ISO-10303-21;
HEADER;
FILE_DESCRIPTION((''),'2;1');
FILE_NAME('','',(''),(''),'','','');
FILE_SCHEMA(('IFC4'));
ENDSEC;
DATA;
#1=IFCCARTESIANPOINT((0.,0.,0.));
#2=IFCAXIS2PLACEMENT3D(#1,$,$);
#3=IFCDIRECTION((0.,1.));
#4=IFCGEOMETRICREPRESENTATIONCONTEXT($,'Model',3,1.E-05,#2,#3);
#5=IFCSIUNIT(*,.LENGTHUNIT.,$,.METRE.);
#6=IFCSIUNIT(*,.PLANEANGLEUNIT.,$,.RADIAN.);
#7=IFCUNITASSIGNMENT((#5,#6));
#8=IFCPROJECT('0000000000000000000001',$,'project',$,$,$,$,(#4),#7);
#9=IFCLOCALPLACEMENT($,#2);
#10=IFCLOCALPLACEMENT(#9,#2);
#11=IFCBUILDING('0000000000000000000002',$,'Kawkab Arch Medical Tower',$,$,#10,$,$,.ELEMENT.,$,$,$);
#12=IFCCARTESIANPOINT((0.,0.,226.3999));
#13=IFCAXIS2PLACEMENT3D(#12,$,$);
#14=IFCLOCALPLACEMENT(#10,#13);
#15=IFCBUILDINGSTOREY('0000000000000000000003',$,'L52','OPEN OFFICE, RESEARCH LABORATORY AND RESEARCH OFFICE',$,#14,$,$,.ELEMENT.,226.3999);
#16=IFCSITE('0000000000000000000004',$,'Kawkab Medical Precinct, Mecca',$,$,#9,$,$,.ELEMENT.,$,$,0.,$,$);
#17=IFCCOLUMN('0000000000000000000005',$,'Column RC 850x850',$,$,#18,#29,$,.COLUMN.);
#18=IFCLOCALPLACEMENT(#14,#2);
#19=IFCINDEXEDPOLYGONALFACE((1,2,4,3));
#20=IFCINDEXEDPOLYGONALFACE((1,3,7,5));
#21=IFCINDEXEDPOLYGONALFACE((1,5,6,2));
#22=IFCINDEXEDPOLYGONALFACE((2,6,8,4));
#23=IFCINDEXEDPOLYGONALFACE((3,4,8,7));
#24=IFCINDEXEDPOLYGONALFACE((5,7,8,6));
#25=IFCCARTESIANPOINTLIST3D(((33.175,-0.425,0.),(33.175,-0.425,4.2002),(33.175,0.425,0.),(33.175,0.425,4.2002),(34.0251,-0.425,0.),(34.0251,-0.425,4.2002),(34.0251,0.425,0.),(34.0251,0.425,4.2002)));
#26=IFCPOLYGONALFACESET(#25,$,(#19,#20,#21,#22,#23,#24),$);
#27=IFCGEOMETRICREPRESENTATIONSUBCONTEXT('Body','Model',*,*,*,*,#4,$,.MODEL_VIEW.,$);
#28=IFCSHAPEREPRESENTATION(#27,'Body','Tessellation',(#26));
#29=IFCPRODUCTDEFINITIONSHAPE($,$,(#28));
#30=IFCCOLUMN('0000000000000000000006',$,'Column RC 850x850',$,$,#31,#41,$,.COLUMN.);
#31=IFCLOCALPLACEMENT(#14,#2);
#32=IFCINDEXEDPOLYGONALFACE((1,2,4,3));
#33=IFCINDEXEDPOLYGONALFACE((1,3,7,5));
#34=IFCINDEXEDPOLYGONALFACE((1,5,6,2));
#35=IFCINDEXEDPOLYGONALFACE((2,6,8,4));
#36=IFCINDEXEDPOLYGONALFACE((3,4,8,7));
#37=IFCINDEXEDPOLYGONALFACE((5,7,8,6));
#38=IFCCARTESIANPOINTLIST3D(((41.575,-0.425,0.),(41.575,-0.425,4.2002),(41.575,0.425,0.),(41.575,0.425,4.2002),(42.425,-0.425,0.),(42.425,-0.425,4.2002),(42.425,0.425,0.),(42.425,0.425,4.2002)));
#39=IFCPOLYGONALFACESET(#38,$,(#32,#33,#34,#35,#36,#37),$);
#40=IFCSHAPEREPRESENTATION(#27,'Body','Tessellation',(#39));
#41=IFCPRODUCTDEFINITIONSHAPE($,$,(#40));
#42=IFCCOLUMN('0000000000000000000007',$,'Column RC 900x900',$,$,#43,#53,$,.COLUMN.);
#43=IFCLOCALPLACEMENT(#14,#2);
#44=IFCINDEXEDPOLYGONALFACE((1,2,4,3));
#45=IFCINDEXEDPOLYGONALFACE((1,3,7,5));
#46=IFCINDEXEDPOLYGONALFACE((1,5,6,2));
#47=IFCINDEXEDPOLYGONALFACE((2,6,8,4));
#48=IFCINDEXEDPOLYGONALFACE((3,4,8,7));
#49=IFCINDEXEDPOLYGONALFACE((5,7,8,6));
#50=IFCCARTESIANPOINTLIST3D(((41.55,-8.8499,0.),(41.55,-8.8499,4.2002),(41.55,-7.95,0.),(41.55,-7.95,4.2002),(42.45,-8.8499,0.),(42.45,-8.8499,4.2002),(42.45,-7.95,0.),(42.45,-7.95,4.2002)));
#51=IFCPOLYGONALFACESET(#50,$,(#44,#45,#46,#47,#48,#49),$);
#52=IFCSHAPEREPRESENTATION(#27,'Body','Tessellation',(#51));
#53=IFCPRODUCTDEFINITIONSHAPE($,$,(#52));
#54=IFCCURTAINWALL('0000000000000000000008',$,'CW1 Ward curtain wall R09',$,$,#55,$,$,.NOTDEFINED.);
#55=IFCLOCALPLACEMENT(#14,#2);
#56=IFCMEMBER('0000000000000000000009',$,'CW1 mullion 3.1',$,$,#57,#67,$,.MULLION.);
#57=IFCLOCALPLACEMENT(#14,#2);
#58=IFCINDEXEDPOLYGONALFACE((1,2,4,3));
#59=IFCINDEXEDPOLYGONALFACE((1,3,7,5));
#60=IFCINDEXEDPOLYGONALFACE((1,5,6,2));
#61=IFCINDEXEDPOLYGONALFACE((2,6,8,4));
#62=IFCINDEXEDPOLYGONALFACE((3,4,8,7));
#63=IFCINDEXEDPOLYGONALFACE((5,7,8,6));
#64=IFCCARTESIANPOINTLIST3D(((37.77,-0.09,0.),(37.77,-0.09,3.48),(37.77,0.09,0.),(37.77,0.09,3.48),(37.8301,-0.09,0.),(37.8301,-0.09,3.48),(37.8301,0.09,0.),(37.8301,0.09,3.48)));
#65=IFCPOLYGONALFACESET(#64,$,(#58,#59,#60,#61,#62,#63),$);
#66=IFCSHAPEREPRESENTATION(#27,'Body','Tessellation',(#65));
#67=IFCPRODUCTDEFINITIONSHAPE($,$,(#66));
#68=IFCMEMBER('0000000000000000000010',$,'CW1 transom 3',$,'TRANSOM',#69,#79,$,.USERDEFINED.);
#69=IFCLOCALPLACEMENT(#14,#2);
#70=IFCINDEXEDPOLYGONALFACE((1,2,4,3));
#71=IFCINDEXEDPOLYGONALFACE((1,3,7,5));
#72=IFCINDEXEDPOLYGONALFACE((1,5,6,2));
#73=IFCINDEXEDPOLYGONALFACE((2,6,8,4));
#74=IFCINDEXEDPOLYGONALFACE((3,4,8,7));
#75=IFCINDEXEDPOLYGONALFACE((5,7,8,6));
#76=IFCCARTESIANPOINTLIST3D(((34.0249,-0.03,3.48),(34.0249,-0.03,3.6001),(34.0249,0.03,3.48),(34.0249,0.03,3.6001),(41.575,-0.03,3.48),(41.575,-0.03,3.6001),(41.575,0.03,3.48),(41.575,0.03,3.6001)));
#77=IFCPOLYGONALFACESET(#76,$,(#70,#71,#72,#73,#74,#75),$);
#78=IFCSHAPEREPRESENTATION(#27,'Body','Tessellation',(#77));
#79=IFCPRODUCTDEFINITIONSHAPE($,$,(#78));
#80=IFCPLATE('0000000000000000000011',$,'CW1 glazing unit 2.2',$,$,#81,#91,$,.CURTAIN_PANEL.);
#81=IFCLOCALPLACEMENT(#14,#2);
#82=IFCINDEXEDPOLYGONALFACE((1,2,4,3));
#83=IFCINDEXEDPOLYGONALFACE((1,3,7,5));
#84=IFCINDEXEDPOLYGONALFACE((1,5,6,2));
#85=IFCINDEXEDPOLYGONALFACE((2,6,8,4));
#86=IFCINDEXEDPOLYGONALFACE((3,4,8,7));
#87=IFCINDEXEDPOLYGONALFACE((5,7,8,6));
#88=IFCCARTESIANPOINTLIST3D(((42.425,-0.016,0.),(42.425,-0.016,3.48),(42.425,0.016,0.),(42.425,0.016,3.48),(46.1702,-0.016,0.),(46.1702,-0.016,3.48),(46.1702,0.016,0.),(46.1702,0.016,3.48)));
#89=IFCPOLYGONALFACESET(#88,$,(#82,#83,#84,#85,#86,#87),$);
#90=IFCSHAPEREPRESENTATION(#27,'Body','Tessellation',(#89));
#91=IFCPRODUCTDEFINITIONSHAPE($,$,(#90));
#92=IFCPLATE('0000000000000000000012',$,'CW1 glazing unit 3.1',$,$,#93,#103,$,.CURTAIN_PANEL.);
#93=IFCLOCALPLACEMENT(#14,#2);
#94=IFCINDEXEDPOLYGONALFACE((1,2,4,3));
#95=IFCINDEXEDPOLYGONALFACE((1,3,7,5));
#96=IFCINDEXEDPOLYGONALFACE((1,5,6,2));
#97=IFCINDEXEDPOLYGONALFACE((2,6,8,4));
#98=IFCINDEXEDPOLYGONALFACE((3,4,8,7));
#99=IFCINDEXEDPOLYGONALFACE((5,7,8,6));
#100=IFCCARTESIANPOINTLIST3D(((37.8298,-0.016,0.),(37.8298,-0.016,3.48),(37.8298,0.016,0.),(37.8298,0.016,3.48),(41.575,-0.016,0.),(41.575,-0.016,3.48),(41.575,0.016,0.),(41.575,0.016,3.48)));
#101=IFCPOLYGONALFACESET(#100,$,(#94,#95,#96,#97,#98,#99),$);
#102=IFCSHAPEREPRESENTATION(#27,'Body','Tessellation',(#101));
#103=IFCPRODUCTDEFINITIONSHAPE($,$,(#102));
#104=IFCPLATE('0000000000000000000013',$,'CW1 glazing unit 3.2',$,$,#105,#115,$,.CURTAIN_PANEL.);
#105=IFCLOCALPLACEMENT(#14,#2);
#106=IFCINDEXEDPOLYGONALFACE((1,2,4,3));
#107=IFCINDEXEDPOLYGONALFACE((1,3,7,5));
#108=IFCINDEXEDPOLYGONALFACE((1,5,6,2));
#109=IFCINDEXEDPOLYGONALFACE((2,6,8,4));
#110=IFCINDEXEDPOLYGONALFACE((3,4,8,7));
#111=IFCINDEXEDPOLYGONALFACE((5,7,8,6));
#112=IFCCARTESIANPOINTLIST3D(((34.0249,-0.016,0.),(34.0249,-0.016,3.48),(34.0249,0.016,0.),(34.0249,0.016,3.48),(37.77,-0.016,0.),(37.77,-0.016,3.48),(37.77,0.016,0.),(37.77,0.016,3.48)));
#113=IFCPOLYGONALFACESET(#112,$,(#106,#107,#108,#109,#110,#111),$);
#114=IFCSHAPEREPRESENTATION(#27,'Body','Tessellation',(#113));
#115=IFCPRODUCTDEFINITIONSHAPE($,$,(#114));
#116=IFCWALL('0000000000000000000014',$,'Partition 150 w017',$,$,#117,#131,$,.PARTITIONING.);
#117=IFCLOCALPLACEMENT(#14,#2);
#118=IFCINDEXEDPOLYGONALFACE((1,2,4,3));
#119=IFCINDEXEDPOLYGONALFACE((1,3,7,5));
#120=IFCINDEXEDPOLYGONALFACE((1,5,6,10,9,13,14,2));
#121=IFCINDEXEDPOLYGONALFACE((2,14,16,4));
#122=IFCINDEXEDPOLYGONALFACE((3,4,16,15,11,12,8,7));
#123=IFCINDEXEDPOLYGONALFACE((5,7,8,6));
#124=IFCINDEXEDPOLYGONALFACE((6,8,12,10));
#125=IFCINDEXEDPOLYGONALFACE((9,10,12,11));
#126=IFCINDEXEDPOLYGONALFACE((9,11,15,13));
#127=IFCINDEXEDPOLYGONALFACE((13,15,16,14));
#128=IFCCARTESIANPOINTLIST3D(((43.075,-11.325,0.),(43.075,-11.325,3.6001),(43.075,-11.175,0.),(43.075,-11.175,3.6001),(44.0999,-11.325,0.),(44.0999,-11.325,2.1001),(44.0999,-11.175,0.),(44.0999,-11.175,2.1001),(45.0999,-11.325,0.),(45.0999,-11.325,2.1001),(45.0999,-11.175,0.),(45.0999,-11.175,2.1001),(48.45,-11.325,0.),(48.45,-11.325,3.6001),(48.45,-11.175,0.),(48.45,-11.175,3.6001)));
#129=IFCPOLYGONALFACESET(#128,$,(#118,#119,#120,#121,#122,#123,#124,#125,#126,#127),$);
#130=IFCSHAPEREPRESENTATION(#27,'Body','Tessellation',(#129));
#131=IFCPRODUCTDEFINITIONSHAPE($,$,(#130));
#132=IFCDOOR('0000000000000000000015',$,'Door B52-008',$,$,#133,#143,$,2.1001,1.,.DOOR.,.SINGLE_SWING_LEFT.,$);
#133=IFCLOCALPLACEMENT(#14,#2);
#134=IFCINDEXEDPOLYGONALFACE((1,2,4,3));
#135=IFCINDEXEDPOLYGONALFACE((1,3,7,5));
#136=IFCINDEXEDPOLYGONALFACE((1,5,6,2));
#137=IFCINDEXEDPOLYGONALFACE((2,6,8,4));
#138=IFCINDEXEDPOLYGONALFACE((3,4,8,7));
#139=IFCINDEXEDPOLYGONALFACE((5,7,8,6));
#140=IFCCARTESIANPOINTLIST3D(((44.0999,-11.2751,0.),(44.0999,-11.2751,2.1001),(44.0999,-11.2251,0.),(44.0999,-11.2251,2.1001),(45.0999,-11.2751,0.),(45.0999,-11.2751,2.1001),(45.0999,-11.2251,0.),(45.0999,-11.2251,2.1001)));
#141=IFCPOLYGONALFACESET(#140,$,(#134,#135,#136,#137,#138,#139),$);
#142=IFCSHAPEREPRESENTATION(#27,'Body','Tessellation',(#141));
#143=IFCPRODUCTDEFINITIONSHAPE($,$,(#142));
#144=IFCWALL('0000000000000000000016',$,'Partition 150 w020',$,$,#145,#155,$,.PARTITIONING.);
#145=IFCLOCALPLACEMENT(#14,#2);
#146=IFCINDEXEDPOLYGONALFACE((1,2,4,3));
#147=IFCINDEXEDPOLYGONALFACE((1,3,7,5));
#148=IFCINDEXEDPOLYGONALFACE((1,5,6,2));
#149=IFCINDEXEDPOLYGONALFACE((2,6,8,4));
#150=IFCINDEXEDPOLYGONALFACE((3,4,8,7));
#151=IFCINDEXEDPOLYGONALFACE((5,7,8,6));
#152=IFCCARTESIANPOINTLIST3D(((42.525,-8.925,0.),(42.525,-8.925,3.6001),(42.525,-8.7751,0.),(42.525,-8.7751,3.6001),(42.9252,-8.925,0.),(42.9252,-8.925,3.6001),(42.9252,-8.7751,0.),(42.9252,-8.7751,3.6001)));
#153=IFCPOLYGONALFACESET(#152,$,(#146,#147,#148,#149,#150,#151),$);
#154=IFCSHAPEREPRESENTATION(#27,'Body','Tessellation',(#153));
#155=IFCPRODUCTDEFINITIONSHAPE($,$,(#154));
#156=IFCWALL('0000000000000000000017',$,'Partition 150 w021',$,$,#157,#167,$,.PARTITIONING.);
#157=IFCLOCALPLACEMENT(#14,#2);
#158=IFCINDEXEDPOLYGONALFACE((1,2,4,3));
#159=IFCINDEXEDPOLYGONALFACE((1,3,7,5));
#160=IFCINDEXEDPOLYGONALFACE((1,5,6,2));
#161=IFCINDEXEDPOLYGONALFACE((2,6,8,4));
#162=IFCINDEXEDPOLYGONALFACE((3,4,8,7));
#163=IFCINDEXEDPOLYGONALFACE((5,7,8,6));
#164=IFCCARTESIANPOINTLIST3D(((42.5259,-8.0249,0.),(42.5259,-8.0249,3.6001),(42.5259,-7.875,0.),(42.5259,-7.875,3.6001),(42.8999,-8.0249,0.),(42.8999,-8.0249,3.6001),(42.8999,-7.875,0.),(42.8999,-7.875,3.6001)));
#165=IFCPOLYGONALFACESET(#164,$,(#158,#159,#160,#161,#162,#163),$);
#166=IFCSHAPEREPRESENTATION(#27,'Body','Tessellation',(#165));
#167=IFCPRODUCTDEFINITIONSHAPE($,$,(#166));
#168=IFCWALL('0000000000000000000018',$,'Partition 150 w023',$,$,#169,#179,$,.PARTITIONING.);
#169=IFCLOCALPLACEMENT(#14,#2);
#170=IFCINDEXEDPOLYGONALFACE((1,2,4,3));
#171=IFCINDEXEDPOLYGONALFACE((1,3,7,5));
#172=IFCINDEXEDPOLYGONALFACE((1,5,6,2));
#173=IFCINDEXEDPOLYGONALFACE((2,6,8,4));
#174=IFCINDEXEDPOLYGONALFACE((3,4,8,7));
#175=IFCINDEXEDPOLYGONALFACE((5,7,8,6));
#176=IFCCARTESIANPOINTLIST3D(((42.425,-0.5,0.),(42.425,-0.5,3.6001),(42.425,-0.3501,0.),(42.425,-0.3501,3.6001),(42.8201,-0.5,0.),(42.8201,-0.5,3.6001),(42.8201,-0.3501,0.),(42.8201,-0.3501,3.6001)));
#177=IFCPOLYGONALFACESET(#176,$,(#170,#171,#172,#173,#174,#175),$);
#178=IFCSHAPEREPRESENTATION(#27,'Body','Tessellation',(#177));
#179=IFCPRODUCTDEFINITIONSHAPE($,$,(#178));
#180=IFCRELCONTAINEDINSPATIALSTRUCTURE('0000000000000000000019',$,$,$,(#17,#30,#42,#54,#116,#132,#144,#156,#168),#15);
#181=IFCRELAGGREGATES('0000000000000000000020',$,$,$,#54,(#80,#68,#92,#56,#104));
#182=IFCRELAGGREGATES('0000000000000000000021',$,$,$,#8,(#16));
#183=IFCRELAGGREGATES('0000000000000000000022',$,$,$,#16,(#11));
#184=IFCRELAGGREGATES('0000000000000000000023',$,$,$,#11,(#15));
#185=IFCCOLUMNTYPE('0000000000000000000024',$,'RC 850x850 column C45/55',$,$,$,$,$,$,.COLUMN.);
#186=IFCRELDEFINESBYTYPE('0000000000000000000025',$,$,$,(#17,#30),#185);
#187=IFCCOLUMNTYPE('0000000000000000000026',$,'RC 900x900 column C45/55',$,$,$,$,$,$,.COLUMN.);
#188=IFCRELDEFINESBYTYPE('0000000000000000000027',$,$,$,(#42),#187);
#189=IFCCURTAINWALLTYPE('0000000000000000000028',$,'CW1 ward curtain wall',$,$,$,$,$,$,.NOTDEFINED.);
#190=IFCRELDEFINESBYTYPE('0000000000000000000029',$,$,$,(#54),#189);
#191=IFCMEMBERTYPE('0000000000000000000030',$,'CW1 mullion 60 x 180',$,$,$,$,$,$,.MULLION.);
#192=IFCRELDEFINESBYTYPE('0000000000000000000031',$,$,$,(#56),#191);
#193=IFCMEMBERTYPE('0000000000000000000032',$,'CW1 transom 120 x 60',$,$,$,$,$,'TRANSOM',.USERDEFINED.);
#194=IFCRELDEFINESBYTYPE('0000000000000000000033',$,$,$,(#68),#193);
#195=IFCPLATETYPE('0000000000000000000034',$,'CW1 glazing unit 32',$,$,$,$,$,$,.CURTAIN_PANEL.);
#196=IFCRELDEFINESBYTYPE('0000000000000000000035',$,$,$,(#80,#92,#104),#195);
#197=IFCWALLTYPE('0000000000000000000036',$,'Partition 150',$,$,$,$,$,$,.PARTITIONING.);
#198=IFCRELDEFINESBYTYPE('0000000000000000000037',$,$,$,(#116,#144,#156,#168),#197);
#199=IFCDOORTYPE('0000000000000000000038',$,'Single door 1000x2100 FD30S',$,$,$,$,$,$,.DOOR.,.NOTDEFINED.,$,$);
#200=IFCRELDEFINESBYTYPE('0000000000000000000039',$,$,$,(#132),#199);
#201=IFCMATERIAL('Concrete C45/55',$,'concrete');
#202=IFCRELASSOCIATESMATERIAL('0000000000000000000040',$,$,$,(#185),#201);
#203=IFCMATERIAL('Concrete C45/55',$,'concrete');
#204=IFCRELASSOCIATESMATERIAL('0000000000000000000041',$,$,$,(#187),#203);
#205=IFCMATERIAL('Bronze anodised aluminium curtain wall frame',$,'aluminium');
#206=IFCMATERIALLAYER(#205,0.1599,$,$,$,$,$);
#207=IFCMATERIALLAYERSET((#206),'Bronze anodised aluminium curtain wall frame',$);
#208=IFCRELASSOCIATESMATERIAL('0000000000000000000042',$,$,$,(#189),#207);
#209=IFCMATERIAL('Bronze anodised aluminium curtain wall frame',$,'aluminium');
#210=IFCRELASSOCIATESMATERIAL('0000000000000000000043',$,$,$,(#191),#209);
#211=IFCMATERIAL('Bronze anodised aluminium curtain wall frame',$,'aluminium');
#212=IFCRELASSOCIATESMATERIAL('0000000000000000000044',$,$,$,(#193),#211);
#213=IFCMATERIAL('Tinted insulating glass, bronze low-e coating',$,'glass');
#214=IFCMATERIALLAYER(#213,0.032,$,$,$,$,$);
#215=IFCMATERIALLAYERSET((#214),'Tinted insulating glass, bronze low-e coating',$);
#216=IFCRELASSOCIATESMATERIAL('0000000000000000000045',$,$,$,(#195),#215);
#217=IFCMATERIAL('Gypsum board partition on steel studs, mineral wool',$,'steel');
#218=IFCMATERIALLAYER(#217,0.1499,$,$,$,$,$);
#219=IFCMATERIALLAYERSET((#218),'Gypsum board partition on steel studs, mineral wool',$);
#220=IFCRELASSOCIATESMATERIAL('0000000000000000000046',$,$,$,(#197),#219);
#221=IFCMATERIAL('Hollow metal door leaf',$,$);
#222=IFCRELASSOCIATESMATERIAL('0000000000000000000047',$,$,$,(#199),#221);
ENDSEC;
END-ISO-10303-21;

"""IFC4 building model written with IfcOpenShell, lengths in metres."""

from ifc_helpers import new_model, si_unit, direction, frame, frame_2d, origin, origin_2d, place, context, subcontext, project, spatial, rectangle, extrude, material, layer, layer_set, material_profile, profile_set, type_object, element, fill, aggregate, save


model = new_model("IFC4")

# Units and contexts
model_context = context("Model", 3, precision=1e-05, world=origin(), true_north=direction((0.0, 1.0)))
body_context = subcontext(model_context, "Body", "Model", "MODEL_VIEW")
ifc_project = project(units=[si_unit("LENGTHUNIT", "METRE"), si_unit("PLANEANGLEUNIT", "RADIAN")], contexts=[model_context])

# Site, building, storey
site_placement = place(None, origin())
site = spatial("IfcSite", under=ifc_project, at=site_placement, Name="Kawkab Medical Precinct, Mecca", CompositionType="ELEMENT", RefElevation=0.0)
building_placement = place(site_placement, origin())
building = spatial("IfcBuilding", under=site, at=building_placement, Name="Kawkab Arch Medical Tower", CompositionType="ELEMENT")
storey_placement = place(building_placement, frame((0.0, 0.0, 226.3999)))
storey = spatial("IfcBuildingStorey", under=building, at=storey_placement, Name="L52", Description="OPEN OFFICE, RESEARCH LABORATORY AND RESEARCH OFFICE", CompositionType="ELEMENT", Elevation=226.3999)

# Columns
ifc_material_1 = material(Name="Concrete C45/55", Category="concrete")
ifc_material_profile_1 = material_profile(ifc_material_1, rectangle(XDim=0.8501, YDim=0.8501, at=origin_2d()), Name="RC 850x850")
ifc_profile_set_1 = profile_set([ifc_material_profile_1], Name="Concrete C45/55")
column_type_1 = type_object("IfcColumnType", Name="RC 850x850 column C45/55", PredefinedType="COLUMN", material=ifc_profile_set_1)
for number, where, z_axis, x_axis, name in (
    (1, (33.6001, 0.0, 0.0), (0.0, 0.0, 1.0), (1.0, 0.0, 0.0), "Column RC 850x850"),
    (2, (42.0, 0.0, 0.0), (0.0, 0.0, 1.0), (1.0, 0.0, 0.0), "Column RC 850x850"),
):
    element("IfcColumn", number, at=place(storey_placement, frame(where, z_axis=z_axis, x_axis=x_axis)), inside=storey, type_object=column_type_1, Name=name, PredefinedType="COLUMN", context=body_context, shape_type="SweptSolid", body=[
        extrude(rectangle(XDim=0.8501, YDim=0.8501, at=origin_2d()), origin(), (0.0, 0.0, 1.0), 4.2002),
    ])
ifc_material_2 = material(Name="Concrete C45/55", Category="concrete")
ifc_material_profile_2 = material_profile(ifc_material_2, rectangle(XDim=0.8999, YDim=0.8999, at=origin_2d()), Name="RC 900x900")
ifc_profile_set_2 = profile_set([ifc_material_profile_2], Name="Concrete C45/55")
column_type_2 = type_object("IfcColumnType", Name="RC 900x900 column C45/55", PredefinedType="COLUMN", material=ifc_profile_set_2)
column_placement = place(storey_placement, frame((42.0, -8.3999, 0.0), z_axis=(0.0, 0.0, 1.0), x_axis=(1.0, 0.0, 0.0)))
element("IfcColumn", 3, at=column_placement, inside=storey, type_object=column_type_2, Name="Column RC 900x900", PredefinedType="COLUMN", context=body_context, shape_type="SweptSolid", body=[
    extrude(rectangle(XDim=0.8999, YDim=0.8999, at=origin_2d()), origin(), (0.0, 0.0, 1.0), 4.2002),
])

# Curtain wall, members, plates
ifc_material_3 = material(Name="Bronze anodised aluminium curtain wall frame", Category="aluminium")
ifc_layer_1 = layer(ifc_material_3, 0.1599)
ifc_layer_set_1 = layer_set([ifc_layer_1], Name="Bronze anodised aluminium curtain wall frame")
curtain_wall_type = type_object("IfcCurtainWallType", Name="CW1 ward curtain wall", PredefinedType="NOTDEFINED", material=ifc_layer_set_1)
placement = place(storey_placement, origin())
curtain_wall = element("IfcCurtainWall", 4, at=placement, inside=storey, type_object=curtain_wall_type, Name="CW1 Ward curtain wall R09", PredefinedType="NOTDEFINED")
ifc_material_4 = material(Name="Bronze anodised aluminium curtain wall frame", Category="aluminium")
ifc_material_profile_3 = material_profile(ifc_material_4, rectangle(XDim=0.1799, YDim=0.0601, at=origin_2d()), Name="AL 60x180")
ifc_profile_set_3 = profile_set([ifc_material_profile_3], Name="Bronze anodised aluminium curtain wall frame")
member_type_1 = type_object("IfcMemberType", Name="CW1 mullion 60 x 180", PredefinedType="MULLION", material=ifc_profile_set_3)
member_1_placement = place(storey_placement, frame((37.8, 0.0, 0.0), z_axis=(0.0, 0.0, 1.0), x_axis=(0.0, -1.0, 0.0)))
member_1 = element("IfcMember", 5, at=member_1_placement, type_object=member_type_1, Name="CW1 mullion 3.1", PredefinedType="MULLION", context=body_context, shape_type="SweptSolid", body=[
    extrude(rectangle(XDim=0.1799, YDim=0.0601, at=origin_2d()), origin(), (0.0, 0.0, 1.0), 3.48),
])
ifc_material_5 = material(Name="Bronze anodised aluminium curtain wall frame", Category="aluminium")
ifc_material_profile_4 = material_profile(ifc_material_5, rectangle(XDim=0.0601, YDim=0.1201, at=origin_2d()), Name="AL 60x120")
ifc_profile_set_4 = profile_set([ifc_material_profile_4], Name="Bronze anodised aluminium curtain wall frame")
member_type_2 = type_object("IfcMemberType", Name="CW1 transom 120 x 60", ElementType="TRANSOM", PredefinedType="USERDEFINED", material=ifc_profile_set_4)
member_2_placement = place(storey_placement, frame((41.575, 0.0, 3.54), z_axis=(-1.0, 0.0, 0.0), x_axis=(0.0, -1.0, 0.0)))
member_2 = element("IfcMember", 6, at=member_2_placement, type_object=member_type_2, Name="CW1 transom 3", ObjectType="TRANSOM", PredefinedType="USERDEFINED", context=body_context, shape_type="SweptSolid", body=[
    extrude(rectangle(XDim=0.0601, YDim=0.1201, at=origin_2d()), origin(), (0.0, 0.0, 1.0), 7.55),
])
ifc_material_6 = material(Name="Tinted insulating glass, bronze low-e coating", Category="glass")
ifc_layer_2 = layer(ifc_material_6, 0.032)
ifc_layer_set_2 = layer_set([ifc_layer_2], Name="Tinted insulating glass, bronze low-e coating")
plate_type = type_object("IfcPlateType", Name="CW1 glazing unit 32", PredefinedType="CURTAIN_PANEL", material=ifc_layer_set_2)
plate_1_placement = place(storey_placement, frame((44.2976, 0.0, 0.0), z_axis=(0.0, 0.0, 1.0), x_axis=(-1.0, 0.0, 0.0)))
plate_1 = element("IfcPlate", 7, at=plate_1_placement, type_object=plate_type, Name="CW1 glazing unit 2.2", PredefinedType="CURTAIN_PANEL", context=body_context, shape_type="SweptSolid", body=[
    extrude(rectangle(XDim=3.7451, YDim=0.032, at=origin_2d()), origin(), (0.0, 0.0, 1.0), 3.48),
])
plate_2_placement = place(storey_placement, frame((39.7024, 0.0, 0.0), z_axis=(0.0, 0.0, 1.0), x_axis=(-1.0, 0.0, 0.0)))
plate_2 = element("IfcPlate", 8, at=plate_2_placement, type_object=plate_type, Name="CW1 glazing unit 3.1", PredefinedType="CURTAIN_PANEL", context=body_context, shape_type="SweptSolid", body=[
    extrude(rectangle(XDim=3.7451, YDim=0.032, at=origin_2d()), origin(), (0.0, 0.0, 1.0), 3.48),
])
plate_3_placement = place(storey_placement, frame((35.8975, 0.0, 0.0), z_axis=(0.0, 0.0, 1.0), x_axis=(-1.0, 0.0, 0.0)))
plate_3 = element("IfcPlate", 9, at=plate_3_placement, type_object=plate_type, Name="CW1 glazing unit 3.2", PredefinedType="CURTAIN_PANEL", context=body_context, shape_type="SweptSolid", body=[
    extrude(rectangle(XDim=3.7451, YDim=0.032, at=origin_2d()), origin(), (0.0, 0.0, 1.0), 3.48),
])
aggregate(curtain_wall, [plate_1, member_2, plate_2, member_1, plate_3])

# Wall, opening, door
ifc_material_7 = material(Name="Gypsum board partition on steel studs, mineral wool", Category="steel")
ifc_layer_3 = layer(ifc_material_7, 0.1499)
ifc_layer_set_3 = layer_set([ifc_layer_3], Name="Gypsum board partition on steel studs, mineral wool")
wall_type_1 = type_object("IfcWallType", Name="Partition 150", PredefinedType="PARTITIONING", material=ifc_layer_set_3)
wall_1_placement = place(storey_placement, frame((43.075, -11.25, 0.0), z_axis=(0.0, 0.0, 1.0), x_axis=(1.0, 0.0, 0.0)))
wall_1 = element("IfcWall", 10, at=wall_1_placement, inside=storey, type_object=wall_type_1, Name="Partition 150 w017", PredefinedType="PARTITIONING", context=body_context, shape_type="SweptSolid", body=[
    extrude(rectangle(XDim=5.375, YDim=0.1499, at=frame_2d((2.6875, 0.0))), origin(), (0.0, 0.0, 1.0), 3.6001),
])
opening_1_placement = place(wall_1_placement, frame((1.0249, 0.0, 0.0)))
opening_1 = element("IfcOpeningElement", 11, at=opening_1_placement, cuts=wall_1, PredefinedType="OPENING", context=body_context, shape_type="SweptSolid", body=[
    extrude(rectangle(XDim=1.0, YDim=2.1001, at=frame_2d((0.5, 1.05))), frame((0.0, 0.085, 0.0), z_axis=(0.0, -1.0, 0.0), x_axis=(1.0, 0.0, 0.0)), (0.0, 0.0, 1.0), 0.1699),
])
ifc_material_8 = material(Name="Hollow metal door leaf")
door_type_1 = type_object("IfcDoorType", Name="Single door 1000x2100 FD30S", OperationType="NOTDEFINED", PredefinedType="DOOR", material=ifc_material_8)
door_1_placement = place(opening_1_placement, origin())
door_1 = element("IfcDoor", 12, at=door_1_placement, inside=storey, type_object=door_type_1, Name="Door B52-008", OperationType="SINGLE_SWING_LEFT", OverallHeight=2.1001, OverallWidth=1.0, PredefinedType="DOOR", context=body_context, shape_type="SweptSolid", body=[
    extrude(rectangle(XDim=1.0, YDim=2.1001, at=frame_2d((0.5, 1.05))), frame((0.0, 0.0249, 0.0), z_axis=(0.0, -1.0, 0.0), x_axis=(1.0, 0.0, 0.0)), (0.0, 0.0, 1.0), 0.05),
])
fill(opening_1, door_1)

# Walls
wall_2_placement = place(storey_placement, frame((42.5249, -8.8501, 0.0), z_axis=(0.0, 0.0, 1.0), x_axis=(1.0, 0.0, 0.0)))
element("IfcWall", 13, at=wall_2_placement, inside=storey, type_object=wall_type_1, Name="Partition 150 w020", PredefinedType="PARTITIONING", context=body_context, shape_type="SweptSolid", body=[
    extrude(rectangle(XDim=0.4001, YDim=0.1499, at=frame_2d((0.2002, 0.0))), origin(), (0.0, 0.0, 1.0), 3.6001),
])
wall_3_placement = place(storey_placement, frame((42.5259, -7.95, 0.0), z_axis=(0.0, 0.0, 1.0), x_axis=(1.0, 0.0, 0.0)))
element("IfcWall", 14, at=wall_3_placement, inside=storey, type_object=wall_type_1, Name="Partition 150 w021", PredefinedType="PARTITIONING", context=body_context, shape_type="SweptSolid", body=[
    extrude(rectangle(XDim=0.374, YDim=0.1499, at=frame_2d((0.187, 0.0))), origin(), (0.0, 0.0, 1.0), 3.6001),
])
wall_4_placement = place(storey_placement, frame((42.425, -0.425, 0.0), z_axis=(0.0, 0.0, 1.0), x_axis=(1.0, 0.0, 0.0)))
element("IfcWall", 15, at=wall_4_placement, inside=storey, type_object=wall_type_1, Name="Partition 150 w023", PredefinedType="PARTITIONING", context=body_context, shape_type="SweptSolid", body=[
    extrude(rectangle(XDim=0.395, YDim=0.1499, at=frame_2d((0.1975, 0.0))), origin(), (0.0, 0.0, 1.0), 3.6001),
])

save(model, "model.ifc")
